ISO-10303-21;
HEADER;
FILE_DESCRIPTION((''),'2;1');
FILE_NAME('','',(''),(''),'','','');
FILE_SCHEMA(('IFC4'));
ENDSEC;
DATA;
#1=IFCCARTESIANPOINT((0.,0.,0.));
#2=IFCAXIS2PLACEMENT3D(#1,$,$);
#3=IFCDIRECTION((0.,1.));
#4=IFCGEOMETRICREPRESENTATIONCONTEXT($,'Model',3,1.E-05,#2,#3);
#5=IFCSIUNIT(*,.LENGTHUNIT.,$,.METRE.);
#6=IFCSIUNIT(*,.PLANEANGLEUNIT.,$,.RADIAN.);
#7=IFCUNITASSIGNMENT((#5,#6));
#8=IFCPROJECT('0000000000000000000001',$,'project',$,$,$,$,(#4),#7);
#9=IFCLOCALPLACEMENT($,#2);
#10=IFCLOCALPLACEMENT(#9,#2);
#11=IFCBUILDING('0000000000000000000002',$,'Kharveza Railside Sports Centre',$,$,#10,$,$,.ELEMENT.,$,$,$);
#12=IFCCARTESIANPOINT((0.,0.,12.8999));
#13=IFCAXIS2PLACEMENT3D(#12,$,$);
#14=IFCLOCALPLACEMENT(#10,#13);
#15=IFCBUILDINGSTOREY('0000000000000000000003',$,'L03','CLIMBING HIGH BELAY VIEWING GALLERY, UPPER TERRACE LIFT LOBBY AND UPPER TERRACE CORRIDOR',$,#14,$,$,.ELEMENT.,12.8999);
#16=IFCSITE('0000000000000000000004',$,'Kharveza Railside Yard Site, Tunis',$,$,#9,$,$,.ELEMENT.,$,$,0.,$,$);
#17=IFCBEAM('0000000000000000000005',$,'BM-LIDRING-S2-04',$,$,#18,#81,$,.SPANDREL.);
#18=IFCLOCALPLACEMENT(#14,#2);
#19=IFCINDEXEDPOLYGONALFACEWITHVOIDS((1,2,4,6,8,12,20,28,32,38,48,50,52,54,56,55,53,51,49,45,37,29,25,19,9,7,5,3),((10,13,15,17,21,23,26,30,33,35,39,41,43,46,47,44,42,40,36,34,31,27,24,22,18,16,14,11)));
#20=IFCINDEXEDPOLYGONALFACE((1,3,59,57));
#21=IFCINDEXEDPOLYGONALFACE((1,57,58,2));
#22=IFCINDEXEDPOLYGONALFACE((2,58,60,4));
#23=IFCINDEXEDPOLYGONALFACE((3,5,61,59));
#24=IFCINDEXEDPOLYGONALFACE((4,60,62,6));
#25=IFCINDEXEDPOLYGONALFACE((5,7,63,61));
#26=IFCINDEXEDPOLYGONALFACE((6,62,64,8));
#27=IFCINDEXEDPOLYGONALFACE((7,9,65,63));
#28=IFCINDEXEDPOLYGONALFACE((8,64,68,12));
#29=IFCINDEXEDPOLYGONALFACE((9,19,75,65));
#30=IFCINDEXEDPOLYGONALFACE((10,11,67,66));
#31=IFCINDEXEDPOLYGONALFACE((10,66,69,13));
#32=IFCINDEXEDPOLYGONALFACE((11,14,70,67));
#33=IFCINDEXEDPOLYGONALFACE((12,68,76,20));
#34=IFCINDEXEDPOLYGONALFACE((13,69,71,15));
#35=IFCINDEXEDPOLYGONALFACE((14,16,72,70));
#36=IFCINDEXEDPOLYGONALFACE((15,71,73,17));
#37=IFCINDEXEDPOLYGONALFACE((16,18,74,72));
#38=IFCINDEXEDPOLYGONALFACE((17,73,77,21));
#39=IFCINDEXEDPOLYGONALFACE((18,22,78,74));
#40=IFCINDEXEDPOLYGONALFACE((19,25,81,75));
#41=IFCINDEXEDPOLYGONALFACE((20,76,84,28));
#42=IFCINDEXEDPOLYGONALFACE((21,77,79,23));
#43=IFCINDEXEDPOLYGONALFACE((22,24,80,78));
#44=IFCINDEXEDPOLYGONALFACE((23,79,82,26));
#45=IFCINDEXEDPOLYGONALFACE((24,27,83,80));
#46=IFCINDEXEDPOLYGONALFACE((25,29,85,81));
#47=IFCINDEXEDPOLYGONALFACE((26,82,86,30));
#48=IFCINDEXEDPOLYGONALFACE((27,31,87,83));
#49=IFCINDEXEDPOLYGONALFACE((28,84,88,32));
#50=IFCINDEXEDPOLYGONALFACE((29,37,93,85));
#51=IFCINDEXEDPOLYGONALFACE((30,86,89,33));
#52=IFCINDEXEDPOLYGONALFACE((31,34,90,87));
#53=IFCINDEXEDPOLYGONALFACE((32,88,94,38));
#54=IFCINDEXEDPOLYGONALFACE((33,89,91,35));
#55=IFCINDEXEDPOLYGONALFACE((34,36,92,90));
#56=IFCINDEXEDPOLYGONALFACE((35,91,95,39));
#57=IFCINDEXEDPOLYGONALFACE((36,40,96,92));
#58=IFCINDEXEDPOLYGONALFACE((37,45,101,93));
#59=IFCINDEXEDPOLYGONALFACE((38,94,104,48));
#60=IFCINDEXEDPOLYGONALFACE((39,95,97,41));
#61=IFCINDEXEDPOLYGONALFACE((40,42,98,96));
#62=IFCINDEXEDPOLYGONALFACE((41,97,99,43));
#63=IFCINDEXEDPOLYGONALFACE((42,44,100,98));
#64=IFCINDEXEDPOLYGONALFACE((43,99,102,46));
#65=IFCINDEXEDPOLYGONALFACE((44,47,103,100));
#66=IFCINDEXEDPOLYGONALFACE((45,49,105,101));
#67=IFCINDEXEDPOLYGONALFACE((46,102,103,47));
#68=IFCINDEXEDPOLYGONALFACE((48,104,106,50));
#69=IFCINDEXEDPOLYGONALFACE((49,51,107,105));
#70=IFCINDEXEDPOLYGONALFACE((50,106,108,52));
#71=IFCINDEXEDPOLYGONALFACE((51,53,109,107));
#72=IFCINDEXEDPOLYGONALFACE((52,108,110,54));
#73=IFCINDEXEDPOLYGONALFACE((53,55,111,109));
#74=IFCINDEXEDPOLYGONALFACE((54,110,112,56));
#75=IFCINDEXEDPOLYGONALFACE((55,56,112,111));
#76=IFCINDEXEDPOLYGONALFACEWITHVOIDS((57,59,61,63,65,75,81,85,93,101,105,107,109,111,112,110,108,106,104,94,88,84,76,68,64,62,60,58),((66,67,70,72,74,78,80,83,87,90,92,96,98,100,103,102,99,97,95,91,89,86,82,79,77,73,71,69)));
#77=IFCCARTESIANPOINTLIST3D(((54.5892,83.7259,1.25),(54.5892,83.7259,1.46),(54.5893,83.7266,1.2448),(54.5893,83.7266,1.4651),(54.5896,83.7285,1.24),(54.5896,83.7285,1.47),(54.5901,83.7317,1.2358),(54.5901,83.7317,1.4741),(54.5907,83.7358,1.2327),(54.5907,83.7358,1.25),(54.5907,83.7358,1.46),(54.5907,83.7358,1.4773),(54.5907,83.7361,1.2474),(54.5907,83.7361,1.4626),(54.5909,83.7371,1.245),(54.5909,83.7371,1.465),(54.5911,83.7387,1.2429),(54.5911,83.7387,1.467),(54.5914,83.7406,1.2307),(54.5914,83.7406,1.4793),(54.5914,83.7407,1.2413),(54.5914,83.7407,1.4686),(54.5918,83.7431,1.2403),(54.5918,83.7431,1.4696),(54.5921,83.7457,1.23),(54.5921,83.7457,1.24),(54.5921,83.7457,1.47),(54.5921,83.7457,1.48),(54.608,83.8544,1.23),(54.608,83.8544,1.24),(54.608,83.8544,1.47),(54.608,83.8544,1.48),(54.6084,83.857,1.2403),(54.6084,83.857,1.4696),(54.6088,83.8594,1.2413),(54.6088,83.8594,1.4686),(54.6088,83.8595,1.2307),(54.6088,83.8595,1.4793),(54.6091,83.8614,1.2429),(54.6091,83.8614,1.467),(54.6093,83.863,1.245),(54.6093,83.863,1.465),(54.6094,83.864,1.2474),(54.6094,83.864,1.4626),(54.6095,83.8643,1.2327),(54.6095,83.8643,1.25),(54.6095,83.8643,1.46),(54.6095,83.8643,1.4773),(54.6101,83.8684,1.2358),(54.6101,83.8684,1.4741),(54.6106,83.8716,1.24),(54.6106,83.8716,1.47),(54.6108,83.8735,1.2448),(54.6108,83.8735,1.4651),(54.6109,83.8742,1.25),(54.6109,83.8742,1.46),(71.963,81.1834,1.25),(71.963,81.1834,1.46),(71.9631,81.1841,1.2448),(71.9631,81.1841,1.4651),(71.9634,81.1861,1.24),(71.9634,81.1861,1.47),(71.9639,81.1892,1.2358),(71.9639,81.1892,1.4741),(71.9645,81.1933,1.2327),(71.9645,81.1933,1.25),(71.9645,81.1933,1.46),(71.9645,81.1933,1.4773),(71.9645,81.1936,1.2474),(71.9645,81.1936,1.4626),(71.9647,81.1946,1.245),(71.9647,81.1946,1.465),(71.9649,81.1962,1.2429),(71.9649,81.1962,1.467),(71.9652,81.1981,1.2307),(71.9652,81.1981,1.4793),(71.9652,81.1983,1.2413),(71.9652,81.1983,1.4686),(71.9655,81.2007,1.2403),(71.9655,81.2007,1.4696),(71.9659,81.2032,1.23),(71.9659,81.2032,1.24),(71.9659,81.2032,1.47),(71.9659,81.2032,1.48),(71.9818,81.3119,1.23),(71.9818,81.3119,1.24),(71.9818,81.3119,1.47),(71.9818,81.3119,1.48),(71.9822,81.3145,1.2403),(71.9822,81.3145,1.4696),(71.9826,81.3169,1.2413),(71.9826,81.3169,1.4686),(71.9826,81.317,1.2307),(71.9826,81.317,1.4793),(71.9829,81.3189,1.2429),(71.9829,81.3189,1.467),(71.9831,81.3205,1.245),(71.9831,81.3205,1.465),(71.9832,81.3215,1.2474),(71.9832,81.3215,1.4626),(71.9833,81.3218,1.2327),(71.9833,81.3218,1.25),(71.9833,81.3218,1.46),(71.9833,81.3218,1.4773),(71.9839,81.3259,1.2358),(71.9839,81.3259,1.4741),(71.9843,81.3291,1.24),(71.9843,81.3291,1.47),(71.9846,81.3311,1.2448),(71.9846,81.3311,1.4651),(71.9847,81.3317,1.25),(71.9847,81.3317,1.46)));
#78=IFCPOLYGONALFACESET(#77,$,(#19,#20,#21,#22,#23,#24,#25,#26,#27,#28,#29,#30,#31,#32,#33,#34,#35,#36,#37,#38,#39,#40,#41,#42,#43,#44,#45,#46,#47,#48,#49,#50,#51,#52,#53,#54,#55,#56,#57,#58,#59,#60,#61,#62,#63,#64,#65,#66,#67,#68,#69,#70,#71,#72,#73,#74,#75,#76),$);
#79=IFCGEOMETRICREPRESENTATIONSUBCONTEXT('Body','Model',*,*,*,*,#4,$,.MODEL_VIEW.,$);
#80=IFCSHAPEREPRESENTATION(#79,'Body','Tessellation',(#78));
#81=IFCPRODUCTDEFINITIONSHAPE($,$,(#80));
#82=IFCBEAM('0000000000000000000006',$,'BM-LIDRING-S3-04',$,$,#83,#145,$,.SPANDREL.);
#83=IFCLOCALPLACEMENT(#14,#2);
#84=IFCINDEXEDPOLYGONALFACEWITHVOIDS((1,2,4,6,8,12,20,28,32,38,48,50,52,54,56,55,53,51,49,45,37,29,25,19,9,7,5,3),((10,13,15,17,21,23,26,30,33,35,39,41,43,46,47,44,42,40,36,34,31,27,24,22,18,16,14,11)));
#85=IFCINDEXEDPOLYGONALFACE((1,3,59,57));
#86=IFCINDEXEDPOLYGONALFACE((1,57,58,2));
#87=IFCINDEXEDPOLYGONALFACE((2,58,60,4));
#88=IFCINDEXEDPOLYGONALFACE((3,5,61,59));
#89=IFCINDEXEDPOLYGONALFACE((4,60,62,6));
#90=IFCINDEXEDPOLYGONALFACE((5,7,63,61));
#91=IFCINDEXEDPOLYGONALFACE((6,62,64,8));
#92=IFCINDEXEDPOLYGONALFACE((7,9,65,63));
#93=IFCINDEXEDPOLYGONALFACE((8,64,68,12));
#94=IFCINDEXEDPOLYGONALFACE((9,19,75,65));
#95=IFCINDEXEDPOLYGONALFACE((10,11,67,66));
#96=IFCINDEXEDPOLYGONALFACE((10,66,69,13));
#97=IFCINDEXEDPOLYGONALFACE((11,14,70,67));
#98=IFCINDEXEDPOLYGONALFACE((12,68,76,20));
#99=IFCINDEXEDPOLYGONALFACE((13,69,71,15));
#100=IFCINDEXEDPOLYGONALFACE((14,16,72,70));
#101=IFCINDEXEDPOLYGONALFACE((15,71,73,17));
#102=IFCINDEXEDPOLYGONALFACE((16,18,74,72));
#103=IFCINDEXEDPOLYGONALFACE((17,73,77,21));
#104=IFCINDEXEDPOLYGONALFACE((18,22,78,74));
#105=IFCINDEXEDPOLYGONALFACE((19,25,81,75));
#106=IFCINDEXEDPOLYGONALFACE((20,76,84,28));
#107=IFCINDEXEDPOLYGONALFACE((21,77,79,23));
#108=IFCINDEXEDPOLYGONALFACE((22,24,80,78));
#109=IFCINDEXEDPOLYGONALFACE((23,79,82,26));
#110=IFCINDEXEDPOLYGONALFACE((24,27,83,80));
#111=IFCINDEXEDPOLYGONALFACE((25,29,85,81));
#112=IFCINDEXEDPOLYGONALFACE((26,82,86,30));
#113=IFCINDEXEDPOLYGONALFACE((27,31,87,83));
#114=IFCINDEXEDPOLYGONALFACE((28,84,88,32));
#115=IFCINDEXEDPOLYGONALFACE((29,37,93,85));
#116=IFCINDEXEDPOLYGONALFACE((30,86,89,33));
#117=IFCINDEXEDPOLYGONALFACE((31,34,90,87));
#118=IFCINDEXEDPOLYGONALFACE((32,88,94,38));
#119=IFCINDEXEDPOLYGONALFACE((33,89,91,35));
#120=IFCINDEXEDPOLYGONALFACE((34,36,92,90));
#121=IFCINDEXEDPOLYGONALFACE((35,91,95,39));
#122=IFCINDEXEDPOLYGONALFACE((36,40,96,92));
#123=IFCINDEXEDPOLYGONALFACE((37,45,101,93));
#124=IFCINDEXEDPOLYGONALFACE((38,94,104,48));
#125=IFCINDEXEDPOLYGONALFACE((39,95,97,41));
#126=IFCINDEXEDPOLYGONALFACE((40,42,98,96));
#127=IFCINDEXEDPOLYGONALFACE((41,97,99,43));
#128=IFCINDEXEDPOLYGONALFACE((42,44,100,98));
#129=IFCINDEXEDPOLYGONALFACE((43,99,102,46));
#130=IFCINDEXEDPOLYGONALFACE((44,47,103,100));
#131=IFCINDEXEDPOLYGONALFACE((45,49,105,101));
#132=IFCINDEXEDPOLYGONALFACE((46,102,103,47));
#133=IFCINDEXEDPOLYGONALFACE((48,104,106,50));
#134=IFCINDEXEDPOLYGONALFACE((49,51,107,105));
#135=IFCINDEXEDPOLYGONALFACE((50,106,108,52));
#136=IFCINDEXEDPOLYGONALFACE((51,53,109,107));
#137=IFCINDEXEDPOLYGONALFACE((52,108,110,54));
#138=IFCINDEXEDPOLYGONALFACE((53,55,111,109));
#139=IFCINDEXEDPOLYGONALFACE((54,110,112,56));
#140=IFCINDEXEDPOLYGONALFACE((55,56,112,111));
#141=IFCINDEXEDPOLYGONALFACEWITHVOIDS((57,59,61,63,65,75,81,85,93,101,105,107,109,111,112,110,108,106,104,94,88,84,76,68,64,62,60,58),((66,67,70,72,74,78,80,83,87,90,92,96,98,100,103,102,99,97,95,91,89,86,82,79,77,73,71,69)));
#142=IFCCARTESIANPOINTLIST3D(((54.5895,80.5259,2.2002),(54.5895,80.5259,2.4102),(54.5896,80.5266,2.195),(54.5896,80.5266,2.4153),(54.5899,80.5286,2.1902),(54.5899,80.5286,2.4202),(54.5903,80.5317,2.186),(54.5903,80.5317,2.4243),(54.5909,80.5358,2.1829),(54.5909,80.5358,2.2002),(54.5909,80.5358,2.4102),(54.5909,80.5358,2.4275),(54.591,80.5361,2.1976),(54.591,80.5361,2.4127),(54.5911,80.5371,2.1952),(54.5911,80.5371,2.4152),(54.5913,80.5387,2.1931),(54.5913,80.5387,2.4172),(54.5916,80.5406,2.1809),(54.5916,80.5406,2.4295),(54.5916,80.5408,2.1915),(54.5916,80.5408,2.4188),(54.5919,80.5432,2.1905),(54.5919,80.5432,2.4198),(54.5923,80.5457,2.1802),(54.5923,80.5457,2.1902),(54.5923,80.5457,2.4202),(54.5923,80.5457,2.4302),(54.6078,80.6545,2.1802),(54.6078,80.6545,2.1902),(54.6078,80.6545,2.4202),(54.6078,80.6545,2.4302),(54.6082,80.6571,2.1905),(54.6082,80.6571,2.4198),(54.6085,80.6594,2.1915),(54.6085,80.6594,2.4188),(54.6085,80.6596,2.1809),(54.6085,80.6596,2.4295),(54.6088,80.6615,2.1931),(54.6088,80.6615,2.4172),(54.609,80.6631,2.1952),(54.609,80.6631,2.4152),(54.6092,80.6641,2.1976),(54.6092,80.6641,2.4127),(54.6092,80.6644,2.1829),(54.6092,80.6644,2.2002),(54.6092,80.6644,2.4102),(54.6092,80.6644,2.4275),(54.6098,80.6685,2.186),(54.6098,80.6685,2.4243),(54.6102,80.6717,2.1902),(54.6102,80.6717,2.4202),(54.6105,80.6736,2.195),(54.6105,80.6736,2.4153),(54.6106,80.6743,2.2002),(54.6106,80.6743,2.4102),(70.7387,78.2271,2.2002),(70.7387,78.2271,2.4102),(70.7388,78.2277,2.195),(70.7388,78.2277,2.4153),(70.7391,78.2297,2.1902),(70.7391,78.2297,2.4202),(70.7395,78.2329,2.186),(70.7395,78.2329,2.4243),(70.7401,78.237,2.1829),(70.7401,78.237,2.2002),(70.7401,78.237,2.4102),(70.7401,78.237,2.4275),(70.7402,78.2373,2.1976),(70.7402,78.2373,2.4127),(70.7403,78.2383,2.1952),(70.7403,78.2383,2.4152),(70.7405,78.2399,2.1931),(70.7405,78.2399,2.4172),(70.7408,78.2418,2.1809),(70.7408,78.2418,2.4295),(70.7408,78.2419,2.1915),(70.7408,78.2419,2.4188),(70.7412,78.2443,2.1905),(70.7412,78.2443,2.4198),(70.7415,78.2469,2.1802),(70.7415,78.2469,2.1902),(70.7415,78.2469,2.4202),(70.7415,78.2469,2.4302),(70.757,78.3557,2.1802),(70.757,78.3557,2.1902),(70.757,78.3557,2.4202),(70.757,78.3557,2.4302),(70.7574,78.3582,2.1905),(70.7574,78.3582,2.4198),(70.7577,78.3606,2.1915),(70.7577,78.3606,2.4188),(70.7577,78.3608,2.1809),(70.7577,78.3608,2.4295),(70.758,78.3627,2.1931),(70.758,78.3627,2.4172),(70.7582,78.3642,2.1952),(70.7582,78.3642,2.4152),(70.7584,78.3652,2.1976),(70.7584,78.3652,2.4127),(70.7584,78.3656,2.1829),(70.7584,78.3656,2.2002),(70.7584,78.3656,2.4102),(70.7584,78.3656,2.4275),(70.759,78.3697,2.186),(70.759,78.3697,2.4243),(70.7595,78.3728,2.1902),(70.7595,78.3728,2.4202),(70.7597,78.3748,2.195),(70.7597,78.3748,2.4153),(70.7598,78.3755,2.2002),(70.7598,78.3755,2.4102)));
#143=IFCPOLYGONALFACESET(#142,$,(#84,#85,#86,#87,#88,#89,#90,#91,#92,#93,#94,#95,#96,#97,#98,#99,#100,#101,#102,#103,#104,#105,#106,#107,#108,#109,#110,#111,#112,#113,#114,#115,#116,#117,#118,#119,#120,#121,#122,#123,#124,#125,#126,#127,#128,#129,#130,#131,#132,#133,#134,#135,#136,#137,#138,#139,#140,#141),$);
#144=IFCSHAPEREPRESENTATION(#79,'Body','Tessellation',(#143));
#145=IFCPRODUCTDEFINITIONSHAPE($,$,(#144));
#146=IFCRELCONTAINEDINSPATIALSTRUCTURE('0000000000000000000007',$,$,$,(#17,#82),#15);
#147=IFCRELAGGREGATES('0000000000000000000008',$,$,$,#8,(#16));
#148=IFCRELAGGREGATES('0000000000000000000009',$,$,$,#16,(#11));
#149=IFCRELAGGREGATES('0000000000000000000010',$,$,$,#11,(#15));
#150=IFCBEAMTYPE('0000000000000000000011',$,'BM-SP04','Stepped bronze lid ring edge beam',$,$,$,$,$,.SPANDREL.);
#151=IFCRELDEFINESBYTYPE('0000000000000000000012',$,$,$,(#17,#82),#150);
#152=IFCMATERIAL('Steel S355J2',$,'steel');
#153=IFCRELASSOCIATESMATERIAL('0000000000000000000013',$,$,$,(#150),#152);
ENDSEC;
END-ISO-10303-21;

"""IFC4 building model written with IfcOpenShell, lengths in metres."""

from ifc_helpers import new_model, si_unit, direction, frame, origin, origin_2d, place, context, subcontext, project, spatial, hollow_rectangle, extrude, material, material_profile, profile_set, type_object, element, save


model = new_model("IFC4")

# Units and contexts
model_context = context("Model", 3, precision=1e-05, world=origin(), true_north=direction((0.0, 1.0)))
body_context = subcontext(model_context, "Body", "Model", "MODEL_VIEW")
ifc_project = project(units=[si_unit("LENGTHUNIT", "METRE"), si_unit("PLANEANGLEUNIT", "RADIAN")], contexts=[model_context])

# Site, building, storey
site_placement = place(None, origin())
site = spatial("IfcSite", under=ifc_project, at=site_placement, Name="Kharveza Railside Yard Site, Tunis", CompositionType="ELEMENT", RefElevation=0.0)
building_placement = place(site_placement, origin())
building = spatial("IfcBuilding", under=site, at=building_placement, Name="Kharveza Railside Sports Centre", CompositionType="ELEMENT")
storey_placement = place(building_placement, frame((0.0, 0.0, 12.8999)))
storey = spatial("IfcBuildingStorey", under=building, at=storey_placement, Name="L03", Description="CLIMBING HIGH BELAY VIEWING GALLERY, UPPER TERRACE LIFT LOBBY AND UPPER TERRACE CORRIDOR", CompositionType="ELEMENT", Elevation=12.8999)

# Beams
ifc_material_1 = material(Name="Steel S355J2", Category="steel")
ifc_material_profile_1 = material_profile(ifc_material_1, hollow_rectangle(XDim=0.1499, YDim=0.25, WallThickness=0.01, InnerFilletRadius=0.01, OuterFilletRadius=0.02, at=origin_2d()), Name="RHS 150x250x10.0")
ifc_profile_set_1 = profile_set([ifc_material_profile_1], Name="Steel S355J2")
beam_type = type_object("IfcBeamType", Name="BM-SP04", Description="Stepped bronze lid ring edge beam", PredefinedType="SPANDREL", material=ifc_profile_set_1)
beam_1_placement = place(storey_placement, frame((71.9739, 81.2576, 1.355), z_axis=(-0.989461, 0.144798, 0.0), x_axis=(-0.144798, -0.989461, 0.0)))
element("IfcBeam", 1, at=beam_1_placement, inside=storey, type_object=beam_type, Name="BM-LIDRING-S2-04", PredefinedType="SPANDREL", context=body_context, shape_type="SweptSolid", body=[
    extrude(hollow_rectangle(XDim=0.1499, YDim=0.25, WallThickness=0.01, InnerFilletRadius=0.01, OuterFilletRadius=0.02, at=origin_2d()), origin(), (0.0, 0.0, 1.0), 17.5588),
])
beam_2_placement = place(storey_placement, frame((70.7493, 78.3013, 2.3052), z_axis=(-0.99002, 0.140929, 0.0), x_axis=(-0.140929, -0.99002, 0.0)))
element("IfcBeam", 2, at=beam_2_placement, inside=storey, type_object=beam_type, Name="BM-LIDRING-S3-04", PredefinedType="SPANDREL", context=body_context, shape_type="SweptSolid", body=[
    extrude(hollow_rectangle(XDim=0.1499, YDim=0.25, WallThickness=0.01, InnerFilletRadius=0.01, OuterFilletRadius=0.02, at=origin_2d()), origin(), (0.0, 0.0, 1.0), 16.312),
])

save(model, "model.ifc")
